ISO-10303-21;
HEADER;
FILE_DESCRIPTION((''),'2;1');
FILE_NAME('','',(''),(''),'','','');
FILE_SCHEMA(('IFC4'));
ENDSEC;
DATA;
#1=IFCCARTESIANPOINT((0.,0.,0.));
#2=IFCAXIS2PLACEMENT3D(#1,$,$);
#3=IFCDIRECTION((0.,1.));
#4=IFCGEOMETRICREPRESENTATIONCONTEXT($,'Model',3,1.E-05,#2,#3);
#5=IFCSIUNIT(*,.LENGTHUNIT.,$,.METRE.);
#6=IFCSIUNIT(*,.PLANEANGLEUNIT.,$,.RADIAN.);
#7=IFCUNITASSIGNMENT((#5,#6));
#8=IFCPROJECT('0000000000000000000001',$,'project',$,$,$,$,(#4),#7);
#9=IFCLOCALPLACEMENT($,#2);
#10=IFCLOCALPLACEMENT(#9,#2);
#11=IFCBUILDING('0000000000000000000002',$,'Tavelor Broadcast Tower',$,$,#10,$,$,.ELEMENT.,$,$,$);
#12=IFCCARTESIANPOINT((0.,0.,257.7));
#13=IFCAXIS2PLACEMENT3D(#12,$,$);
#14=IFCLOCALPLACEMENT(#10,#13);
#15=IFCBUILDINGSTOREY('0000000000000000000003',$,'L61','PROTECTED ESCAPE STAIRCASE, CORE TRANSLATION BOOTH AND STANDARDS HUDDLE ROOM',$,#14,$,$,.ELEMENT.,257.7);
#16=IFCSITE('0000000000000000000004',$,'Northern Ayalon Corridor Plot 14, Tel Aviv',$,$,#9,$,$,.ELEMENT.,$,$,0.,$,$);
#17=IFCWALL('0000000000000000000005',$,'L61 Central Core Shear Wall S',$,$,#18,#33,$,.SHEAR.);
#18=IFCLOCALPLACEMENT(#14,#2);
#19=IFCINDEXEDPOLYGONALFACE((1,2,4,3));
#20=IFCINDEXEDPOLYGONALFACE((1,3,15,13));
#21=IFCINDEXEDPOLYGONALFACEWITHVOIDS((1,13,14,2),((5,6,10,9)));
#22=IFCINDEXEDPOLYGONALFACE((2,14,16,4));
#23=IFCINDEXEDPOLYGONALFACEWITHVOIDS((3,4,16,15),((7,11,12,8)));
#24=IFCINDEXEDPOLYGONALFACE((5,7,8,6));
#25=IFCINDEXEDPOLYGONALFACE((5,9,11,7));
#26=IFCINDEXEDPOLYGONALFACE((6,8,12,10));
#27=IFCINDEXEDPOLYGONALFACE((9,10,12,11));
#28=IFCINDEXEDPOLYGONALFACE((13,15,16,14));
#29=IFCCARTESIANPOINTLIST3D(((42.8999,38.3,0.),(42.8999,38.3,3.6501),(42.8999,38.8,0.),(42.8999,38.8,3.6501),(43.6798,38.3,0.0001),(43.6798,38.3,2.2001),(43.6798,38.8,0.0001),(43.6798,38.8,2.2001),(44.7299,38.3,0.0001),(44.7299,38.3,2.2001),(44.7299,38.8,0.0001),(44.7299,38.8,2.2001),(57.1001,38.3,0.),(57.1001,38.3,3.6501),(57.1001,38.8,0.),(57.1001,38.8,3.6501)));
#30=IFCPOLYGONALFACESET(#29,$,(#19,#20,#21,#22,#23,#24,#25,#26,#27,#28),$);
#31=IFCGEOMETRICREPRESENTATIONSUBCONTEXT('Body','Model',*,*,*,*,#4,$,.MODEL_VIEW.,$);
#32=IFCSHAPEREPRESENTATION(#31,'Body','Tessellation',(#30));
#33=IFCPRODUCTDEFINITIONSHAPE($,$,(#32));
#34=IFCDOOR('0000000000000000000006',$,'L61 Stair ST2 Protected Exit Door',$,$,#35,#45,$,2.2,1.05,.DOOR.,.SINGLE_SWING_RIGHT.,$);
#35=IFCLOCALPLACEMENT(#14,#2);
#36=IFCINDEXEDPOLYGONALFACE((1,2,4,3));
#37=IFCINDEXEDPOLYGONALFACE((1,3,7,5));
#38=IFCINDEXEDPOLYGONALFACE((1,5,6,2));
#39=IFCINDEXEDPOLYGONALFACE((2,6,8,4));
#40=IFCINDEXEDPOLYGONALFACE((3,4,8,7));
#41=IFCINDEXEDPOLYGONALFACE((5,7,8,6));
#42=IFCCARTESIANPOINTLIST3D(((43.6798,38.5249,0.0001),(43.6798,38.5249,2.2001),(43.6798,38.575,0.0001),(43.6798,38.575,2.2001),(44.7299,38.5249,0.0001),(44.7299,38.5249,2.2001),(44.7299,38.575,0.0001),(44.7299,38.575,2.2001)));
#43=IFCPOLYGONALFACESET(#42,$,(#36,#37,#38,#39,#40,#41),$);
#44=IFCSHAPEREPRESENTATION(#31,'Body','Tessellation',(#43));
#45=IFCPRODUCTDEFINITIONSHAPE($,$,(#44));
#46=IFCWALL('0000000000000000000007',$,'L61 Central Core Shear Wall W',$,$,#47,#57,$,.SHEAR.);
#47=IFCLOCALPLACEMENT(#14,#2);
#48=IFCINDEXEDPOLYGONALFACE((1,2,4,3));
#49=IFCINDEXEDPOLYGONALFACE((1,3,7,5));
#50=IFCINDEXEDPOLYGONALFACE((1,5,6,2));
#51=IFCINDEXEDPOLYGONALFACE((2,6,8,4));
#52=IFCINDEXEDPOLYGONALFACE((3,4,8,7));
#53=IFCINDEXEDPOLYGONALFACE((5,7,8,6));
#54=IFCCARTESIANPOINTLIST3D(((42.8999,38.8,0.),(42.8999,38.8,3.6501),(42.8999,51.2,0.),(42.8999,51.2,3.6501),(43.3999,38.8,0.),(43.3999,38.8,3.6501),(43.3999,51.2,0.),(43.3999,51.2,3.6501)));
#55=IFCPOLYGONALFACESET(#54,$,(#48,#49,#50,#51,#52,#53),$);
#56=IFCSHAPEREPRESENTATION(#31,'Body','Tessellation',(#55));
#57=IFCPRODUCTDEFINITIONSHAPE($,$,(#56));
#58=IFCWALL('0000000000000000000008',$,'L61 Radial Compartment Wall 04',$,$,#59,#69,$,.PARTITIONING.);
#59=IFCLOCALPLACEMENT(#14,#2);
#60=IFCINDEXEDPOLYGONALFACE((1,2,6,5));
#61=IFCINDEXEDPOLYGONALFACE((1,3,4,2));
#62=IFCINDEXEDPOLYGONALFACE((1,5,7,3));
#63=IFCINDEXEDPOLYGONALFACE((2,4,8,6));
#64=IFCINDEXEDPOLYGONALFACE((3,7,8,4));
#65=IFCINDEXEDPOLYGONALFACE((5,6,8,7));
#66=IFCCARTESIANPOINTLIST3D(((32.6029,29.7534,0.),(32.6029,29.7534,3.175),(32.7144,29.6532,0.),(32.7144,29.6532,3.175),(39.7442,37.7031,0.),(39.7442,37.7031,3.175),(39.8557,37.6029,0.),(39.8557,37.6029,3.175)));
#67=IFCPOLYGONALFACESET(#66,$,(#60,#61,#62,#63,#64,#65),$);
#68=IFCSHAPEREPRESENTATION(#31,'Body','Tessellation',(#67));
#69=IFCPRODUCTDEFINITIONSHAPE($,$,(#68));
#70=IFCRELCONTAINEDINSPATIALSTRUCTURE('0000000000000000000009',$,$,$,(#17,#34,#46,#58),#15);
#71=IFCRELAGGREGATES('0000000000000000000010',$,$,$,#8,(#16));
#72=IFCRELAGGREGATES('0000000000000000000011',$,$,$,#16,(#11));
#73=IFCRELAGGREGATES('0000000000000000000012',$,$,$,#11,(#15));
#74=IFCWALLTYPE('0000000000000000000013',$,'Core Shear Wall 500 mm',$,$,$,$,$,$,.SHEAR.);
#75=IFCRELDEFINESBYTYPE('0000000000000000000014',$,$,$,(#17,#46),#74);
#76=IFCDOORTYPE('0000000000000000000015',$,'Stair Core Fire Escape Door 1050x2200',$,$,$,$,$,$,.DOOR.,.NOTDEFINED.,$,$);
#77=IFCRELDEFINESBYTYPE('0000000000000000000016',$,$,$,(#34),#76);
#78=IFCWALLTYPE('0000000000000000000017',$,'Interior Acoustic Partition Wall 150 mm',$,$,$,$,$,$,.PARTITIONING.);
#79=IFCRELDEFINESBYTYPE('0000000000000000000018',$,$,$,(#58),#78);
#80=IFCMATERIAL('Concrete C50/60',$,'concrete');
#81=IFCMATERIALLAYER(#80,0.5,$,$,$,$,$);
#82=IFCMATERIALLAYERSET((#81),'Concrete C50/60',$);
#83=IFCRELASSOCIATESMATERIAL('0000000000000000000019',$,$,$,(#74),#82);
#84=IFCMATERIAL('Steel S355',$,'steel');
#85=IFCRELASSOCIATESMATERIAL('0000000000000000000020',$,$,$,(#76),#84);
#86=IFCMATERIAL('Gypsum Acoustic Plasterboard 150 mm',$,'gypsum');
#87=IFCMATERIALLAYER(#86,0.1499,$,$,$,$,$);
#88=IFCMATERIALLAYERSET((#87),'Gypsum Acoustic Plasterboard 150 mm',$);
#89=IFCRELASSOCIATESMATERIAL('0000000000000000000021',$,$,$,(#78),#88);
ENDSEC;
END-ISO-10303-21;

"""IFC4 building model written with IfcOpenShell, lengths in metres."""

from ifc_helpers import new_model, si_unit, direction, frame, frame_2d, origin, place, context, subcontext, project, spatial, rectangle, extrude, material, layer, layer_set, type_object, element, fill, save


model = new_model("IFC4")

# Units and contexts
model_context = context("Model", 3, precision=1e-05, world=origin(), true_north=direction((0.0, 1.0)))
body_context = subcontext(model_context, "Body", "Model", "MODEL_VIEW")
ifc_project = project(units=[si_unit("LENGTHUNIT", "METRE"), si_unit("PLANEANGLEUNIT", "RADIAN")], contexts=[model_context])

# Site, building, storey
site_placement = place(None, origin())
site = spatial("IfcSite", under=ifc_project, at=site_placement, Name="Northern Ayalon Corridor Plot 14, Tel Aviv", CompositionType="ELEMENT", RefElevation=0.0)
building_placement = place(site_placement, origin())
building = spatial("IfcBuilding", under=site, at=building_placement, Name="Tavelor Broadcast Tower", CompositionType="ELEMENT")
storey_placement = place(building_placement, frame((0.0, 0.0, 257.7)))
storey = spatial("IfcBuildingStorey", under=building, at=storey_placement, Name="L61", Description="PROTECTED ESCAPE STAIRCASE, CORE TRANSLATION BOOTH AND STANDARDS HUDDLE ROOM", CompositionType="ELEMENT", Elevation=257.7)

# Shared definitions
ifc_material_1 = material(Name="Steel S355", Category="steel")

# Wall, opening, door
ifc_material_2 = material(Name="Concrete C50/60", Category="concrete")
ifc_layer_1 = layer(ifc_material_2, 0.5)
ifc_layer_set_1 = layer_set([ifc_layer_1], Name="Concrete C50/60")
wall_type_1 = type_object("IfcWallType", Name="Core Shear Wall 500 mm", PredefinedType="SHEAR", material=ifc_layer_set_1)
wall_1_placement = place(storey_placement, frame((42.8999, 38.55, 0.0), z_axis=(0.0, 0.0, 1.0), x_axis=(1.0, 0.0, 0.0)))
wall_1 = element("IfcWall", 1, at=wall_1_placement, inside=storey, type_object=wall_type_1, Name="L61 Central Core Shear Wall S", PredefinedType="SHEAR", context=body_context, shape_type="SweptSolid", body=[
    extrude(rectangle(XDim=14.2002, YDim=0.5, at=frame_2d((7.1001, 0.0))), origin(), (0.0, 0.0, 1.0), 3.6501),
])
opening_placement = place(wall_1_placement, frame((0.78, 0.0, 0.0)))
opening = element("IfcOpeningElement", 2, at=opening_placement, cuts=wall_1, PredefinedType="OPENING", context=body_context, shape_type="SweptSolid", body=[
    extrude(rectangle(XDim=1.05, YDim=2.2, at=frame_2d((0.5249, 1.1001))), frame((0.0, 0.26, 0.0), z_axis=(0.0, -1.0, 0.0), x_axis=(1.0, 0.0, 0.0)), (0.0, 0.0, 1.0), 0.52),
])
door_type = type_object("IfcDoorType", Name="Stair Core Fire Escape Door 1050x2200", OperationType="NOTDEFINED", PredefinedType="DOOR", material=ifc_material_1)
door_placement = place(opening_placement, origin())
door = element("IfcDoor", 3, at=door_placement, inside=storey, type_object=door_type, Name="L61 Stair ST2 Protected Exit Door", OperationType="SINGLE_SWING_RIGHT", OverallHeight=2.2, OverallWidth=1.05, PredefinedType="DOOR", context=body_context, shape_type="SweptSolid", body=[
    extrude(rectangle(XDim=1.05, YDim=2.2, at=frame_2d((0.5249, 1.1001))), frame((0.0, 0.0249, 0.0), z_axis=(0.0, -1.0, 0.0), x_axis=(1.0, 0.0, 0.0)), (0.0, 0.0, 1.0), 0.05),
])
fill(opening, door)

# Walls
wall_2_placement = place(storey_placement, frame((43.1499, 38.8, 0.0), z_axis=(0.0, 0.0, 1.0), x_axis=(0.0, 1.0, 0.0)))
element("IfcWall", 4, at=wall_2_placement, inside=storey, type_object=wall_type_1, Name="L61 Central Core Shear Wall W", PredefinedType="SHEAR", context=body_context, shape_type="SweptSolid", body=[
    extrude(rectangle(XDim=12.3999, YDim=0.5, at=frame_2d((6.2, 0.0))), origin(), (0.0, 0.0, 1.0), 3.6501),
])
ifc_material_3 = material(Name="Gypsum Acoustic Plasterboard 150 mm", Category="gypsum")
ifc_layer_2 = layer(ifc_material_3, 0.1499)
ifc_layer_set_2 = layer_set([ifc_layer_2], Name="Gypsum Acoustic Plasterboard 150 mm")
wall_type_2 = type_object("IfcWallType", Name="Interior Acoustic Partition Wall 150 mm", PredefinedType="PARTITIONING", material=ifc_layer_set_2)
wall_3_placement = place(storey_placement, frame((39.8, 37.6531, 0.0), z_axis=(0.0, 0.0, 1.0), x_axis=(-0.668273, -0.743916, 0.0)))
element("IfcWall", 5, at=wall_3_placement, inside=storey, type_object=wall_type_2, Name="L61 Radial Compartment Wall 04", PredefinedType="PARTITIONING", context=body_context, shape_type="SweptSolid", body=[
    extrude(rectangle(XDim=10.6863, YDim=0.1499, at=frame_2d((5.3433, 0.0))), origin(), (0.0, 0.0, 1.0), 3.175),
])

save(model, "model.ifc")
